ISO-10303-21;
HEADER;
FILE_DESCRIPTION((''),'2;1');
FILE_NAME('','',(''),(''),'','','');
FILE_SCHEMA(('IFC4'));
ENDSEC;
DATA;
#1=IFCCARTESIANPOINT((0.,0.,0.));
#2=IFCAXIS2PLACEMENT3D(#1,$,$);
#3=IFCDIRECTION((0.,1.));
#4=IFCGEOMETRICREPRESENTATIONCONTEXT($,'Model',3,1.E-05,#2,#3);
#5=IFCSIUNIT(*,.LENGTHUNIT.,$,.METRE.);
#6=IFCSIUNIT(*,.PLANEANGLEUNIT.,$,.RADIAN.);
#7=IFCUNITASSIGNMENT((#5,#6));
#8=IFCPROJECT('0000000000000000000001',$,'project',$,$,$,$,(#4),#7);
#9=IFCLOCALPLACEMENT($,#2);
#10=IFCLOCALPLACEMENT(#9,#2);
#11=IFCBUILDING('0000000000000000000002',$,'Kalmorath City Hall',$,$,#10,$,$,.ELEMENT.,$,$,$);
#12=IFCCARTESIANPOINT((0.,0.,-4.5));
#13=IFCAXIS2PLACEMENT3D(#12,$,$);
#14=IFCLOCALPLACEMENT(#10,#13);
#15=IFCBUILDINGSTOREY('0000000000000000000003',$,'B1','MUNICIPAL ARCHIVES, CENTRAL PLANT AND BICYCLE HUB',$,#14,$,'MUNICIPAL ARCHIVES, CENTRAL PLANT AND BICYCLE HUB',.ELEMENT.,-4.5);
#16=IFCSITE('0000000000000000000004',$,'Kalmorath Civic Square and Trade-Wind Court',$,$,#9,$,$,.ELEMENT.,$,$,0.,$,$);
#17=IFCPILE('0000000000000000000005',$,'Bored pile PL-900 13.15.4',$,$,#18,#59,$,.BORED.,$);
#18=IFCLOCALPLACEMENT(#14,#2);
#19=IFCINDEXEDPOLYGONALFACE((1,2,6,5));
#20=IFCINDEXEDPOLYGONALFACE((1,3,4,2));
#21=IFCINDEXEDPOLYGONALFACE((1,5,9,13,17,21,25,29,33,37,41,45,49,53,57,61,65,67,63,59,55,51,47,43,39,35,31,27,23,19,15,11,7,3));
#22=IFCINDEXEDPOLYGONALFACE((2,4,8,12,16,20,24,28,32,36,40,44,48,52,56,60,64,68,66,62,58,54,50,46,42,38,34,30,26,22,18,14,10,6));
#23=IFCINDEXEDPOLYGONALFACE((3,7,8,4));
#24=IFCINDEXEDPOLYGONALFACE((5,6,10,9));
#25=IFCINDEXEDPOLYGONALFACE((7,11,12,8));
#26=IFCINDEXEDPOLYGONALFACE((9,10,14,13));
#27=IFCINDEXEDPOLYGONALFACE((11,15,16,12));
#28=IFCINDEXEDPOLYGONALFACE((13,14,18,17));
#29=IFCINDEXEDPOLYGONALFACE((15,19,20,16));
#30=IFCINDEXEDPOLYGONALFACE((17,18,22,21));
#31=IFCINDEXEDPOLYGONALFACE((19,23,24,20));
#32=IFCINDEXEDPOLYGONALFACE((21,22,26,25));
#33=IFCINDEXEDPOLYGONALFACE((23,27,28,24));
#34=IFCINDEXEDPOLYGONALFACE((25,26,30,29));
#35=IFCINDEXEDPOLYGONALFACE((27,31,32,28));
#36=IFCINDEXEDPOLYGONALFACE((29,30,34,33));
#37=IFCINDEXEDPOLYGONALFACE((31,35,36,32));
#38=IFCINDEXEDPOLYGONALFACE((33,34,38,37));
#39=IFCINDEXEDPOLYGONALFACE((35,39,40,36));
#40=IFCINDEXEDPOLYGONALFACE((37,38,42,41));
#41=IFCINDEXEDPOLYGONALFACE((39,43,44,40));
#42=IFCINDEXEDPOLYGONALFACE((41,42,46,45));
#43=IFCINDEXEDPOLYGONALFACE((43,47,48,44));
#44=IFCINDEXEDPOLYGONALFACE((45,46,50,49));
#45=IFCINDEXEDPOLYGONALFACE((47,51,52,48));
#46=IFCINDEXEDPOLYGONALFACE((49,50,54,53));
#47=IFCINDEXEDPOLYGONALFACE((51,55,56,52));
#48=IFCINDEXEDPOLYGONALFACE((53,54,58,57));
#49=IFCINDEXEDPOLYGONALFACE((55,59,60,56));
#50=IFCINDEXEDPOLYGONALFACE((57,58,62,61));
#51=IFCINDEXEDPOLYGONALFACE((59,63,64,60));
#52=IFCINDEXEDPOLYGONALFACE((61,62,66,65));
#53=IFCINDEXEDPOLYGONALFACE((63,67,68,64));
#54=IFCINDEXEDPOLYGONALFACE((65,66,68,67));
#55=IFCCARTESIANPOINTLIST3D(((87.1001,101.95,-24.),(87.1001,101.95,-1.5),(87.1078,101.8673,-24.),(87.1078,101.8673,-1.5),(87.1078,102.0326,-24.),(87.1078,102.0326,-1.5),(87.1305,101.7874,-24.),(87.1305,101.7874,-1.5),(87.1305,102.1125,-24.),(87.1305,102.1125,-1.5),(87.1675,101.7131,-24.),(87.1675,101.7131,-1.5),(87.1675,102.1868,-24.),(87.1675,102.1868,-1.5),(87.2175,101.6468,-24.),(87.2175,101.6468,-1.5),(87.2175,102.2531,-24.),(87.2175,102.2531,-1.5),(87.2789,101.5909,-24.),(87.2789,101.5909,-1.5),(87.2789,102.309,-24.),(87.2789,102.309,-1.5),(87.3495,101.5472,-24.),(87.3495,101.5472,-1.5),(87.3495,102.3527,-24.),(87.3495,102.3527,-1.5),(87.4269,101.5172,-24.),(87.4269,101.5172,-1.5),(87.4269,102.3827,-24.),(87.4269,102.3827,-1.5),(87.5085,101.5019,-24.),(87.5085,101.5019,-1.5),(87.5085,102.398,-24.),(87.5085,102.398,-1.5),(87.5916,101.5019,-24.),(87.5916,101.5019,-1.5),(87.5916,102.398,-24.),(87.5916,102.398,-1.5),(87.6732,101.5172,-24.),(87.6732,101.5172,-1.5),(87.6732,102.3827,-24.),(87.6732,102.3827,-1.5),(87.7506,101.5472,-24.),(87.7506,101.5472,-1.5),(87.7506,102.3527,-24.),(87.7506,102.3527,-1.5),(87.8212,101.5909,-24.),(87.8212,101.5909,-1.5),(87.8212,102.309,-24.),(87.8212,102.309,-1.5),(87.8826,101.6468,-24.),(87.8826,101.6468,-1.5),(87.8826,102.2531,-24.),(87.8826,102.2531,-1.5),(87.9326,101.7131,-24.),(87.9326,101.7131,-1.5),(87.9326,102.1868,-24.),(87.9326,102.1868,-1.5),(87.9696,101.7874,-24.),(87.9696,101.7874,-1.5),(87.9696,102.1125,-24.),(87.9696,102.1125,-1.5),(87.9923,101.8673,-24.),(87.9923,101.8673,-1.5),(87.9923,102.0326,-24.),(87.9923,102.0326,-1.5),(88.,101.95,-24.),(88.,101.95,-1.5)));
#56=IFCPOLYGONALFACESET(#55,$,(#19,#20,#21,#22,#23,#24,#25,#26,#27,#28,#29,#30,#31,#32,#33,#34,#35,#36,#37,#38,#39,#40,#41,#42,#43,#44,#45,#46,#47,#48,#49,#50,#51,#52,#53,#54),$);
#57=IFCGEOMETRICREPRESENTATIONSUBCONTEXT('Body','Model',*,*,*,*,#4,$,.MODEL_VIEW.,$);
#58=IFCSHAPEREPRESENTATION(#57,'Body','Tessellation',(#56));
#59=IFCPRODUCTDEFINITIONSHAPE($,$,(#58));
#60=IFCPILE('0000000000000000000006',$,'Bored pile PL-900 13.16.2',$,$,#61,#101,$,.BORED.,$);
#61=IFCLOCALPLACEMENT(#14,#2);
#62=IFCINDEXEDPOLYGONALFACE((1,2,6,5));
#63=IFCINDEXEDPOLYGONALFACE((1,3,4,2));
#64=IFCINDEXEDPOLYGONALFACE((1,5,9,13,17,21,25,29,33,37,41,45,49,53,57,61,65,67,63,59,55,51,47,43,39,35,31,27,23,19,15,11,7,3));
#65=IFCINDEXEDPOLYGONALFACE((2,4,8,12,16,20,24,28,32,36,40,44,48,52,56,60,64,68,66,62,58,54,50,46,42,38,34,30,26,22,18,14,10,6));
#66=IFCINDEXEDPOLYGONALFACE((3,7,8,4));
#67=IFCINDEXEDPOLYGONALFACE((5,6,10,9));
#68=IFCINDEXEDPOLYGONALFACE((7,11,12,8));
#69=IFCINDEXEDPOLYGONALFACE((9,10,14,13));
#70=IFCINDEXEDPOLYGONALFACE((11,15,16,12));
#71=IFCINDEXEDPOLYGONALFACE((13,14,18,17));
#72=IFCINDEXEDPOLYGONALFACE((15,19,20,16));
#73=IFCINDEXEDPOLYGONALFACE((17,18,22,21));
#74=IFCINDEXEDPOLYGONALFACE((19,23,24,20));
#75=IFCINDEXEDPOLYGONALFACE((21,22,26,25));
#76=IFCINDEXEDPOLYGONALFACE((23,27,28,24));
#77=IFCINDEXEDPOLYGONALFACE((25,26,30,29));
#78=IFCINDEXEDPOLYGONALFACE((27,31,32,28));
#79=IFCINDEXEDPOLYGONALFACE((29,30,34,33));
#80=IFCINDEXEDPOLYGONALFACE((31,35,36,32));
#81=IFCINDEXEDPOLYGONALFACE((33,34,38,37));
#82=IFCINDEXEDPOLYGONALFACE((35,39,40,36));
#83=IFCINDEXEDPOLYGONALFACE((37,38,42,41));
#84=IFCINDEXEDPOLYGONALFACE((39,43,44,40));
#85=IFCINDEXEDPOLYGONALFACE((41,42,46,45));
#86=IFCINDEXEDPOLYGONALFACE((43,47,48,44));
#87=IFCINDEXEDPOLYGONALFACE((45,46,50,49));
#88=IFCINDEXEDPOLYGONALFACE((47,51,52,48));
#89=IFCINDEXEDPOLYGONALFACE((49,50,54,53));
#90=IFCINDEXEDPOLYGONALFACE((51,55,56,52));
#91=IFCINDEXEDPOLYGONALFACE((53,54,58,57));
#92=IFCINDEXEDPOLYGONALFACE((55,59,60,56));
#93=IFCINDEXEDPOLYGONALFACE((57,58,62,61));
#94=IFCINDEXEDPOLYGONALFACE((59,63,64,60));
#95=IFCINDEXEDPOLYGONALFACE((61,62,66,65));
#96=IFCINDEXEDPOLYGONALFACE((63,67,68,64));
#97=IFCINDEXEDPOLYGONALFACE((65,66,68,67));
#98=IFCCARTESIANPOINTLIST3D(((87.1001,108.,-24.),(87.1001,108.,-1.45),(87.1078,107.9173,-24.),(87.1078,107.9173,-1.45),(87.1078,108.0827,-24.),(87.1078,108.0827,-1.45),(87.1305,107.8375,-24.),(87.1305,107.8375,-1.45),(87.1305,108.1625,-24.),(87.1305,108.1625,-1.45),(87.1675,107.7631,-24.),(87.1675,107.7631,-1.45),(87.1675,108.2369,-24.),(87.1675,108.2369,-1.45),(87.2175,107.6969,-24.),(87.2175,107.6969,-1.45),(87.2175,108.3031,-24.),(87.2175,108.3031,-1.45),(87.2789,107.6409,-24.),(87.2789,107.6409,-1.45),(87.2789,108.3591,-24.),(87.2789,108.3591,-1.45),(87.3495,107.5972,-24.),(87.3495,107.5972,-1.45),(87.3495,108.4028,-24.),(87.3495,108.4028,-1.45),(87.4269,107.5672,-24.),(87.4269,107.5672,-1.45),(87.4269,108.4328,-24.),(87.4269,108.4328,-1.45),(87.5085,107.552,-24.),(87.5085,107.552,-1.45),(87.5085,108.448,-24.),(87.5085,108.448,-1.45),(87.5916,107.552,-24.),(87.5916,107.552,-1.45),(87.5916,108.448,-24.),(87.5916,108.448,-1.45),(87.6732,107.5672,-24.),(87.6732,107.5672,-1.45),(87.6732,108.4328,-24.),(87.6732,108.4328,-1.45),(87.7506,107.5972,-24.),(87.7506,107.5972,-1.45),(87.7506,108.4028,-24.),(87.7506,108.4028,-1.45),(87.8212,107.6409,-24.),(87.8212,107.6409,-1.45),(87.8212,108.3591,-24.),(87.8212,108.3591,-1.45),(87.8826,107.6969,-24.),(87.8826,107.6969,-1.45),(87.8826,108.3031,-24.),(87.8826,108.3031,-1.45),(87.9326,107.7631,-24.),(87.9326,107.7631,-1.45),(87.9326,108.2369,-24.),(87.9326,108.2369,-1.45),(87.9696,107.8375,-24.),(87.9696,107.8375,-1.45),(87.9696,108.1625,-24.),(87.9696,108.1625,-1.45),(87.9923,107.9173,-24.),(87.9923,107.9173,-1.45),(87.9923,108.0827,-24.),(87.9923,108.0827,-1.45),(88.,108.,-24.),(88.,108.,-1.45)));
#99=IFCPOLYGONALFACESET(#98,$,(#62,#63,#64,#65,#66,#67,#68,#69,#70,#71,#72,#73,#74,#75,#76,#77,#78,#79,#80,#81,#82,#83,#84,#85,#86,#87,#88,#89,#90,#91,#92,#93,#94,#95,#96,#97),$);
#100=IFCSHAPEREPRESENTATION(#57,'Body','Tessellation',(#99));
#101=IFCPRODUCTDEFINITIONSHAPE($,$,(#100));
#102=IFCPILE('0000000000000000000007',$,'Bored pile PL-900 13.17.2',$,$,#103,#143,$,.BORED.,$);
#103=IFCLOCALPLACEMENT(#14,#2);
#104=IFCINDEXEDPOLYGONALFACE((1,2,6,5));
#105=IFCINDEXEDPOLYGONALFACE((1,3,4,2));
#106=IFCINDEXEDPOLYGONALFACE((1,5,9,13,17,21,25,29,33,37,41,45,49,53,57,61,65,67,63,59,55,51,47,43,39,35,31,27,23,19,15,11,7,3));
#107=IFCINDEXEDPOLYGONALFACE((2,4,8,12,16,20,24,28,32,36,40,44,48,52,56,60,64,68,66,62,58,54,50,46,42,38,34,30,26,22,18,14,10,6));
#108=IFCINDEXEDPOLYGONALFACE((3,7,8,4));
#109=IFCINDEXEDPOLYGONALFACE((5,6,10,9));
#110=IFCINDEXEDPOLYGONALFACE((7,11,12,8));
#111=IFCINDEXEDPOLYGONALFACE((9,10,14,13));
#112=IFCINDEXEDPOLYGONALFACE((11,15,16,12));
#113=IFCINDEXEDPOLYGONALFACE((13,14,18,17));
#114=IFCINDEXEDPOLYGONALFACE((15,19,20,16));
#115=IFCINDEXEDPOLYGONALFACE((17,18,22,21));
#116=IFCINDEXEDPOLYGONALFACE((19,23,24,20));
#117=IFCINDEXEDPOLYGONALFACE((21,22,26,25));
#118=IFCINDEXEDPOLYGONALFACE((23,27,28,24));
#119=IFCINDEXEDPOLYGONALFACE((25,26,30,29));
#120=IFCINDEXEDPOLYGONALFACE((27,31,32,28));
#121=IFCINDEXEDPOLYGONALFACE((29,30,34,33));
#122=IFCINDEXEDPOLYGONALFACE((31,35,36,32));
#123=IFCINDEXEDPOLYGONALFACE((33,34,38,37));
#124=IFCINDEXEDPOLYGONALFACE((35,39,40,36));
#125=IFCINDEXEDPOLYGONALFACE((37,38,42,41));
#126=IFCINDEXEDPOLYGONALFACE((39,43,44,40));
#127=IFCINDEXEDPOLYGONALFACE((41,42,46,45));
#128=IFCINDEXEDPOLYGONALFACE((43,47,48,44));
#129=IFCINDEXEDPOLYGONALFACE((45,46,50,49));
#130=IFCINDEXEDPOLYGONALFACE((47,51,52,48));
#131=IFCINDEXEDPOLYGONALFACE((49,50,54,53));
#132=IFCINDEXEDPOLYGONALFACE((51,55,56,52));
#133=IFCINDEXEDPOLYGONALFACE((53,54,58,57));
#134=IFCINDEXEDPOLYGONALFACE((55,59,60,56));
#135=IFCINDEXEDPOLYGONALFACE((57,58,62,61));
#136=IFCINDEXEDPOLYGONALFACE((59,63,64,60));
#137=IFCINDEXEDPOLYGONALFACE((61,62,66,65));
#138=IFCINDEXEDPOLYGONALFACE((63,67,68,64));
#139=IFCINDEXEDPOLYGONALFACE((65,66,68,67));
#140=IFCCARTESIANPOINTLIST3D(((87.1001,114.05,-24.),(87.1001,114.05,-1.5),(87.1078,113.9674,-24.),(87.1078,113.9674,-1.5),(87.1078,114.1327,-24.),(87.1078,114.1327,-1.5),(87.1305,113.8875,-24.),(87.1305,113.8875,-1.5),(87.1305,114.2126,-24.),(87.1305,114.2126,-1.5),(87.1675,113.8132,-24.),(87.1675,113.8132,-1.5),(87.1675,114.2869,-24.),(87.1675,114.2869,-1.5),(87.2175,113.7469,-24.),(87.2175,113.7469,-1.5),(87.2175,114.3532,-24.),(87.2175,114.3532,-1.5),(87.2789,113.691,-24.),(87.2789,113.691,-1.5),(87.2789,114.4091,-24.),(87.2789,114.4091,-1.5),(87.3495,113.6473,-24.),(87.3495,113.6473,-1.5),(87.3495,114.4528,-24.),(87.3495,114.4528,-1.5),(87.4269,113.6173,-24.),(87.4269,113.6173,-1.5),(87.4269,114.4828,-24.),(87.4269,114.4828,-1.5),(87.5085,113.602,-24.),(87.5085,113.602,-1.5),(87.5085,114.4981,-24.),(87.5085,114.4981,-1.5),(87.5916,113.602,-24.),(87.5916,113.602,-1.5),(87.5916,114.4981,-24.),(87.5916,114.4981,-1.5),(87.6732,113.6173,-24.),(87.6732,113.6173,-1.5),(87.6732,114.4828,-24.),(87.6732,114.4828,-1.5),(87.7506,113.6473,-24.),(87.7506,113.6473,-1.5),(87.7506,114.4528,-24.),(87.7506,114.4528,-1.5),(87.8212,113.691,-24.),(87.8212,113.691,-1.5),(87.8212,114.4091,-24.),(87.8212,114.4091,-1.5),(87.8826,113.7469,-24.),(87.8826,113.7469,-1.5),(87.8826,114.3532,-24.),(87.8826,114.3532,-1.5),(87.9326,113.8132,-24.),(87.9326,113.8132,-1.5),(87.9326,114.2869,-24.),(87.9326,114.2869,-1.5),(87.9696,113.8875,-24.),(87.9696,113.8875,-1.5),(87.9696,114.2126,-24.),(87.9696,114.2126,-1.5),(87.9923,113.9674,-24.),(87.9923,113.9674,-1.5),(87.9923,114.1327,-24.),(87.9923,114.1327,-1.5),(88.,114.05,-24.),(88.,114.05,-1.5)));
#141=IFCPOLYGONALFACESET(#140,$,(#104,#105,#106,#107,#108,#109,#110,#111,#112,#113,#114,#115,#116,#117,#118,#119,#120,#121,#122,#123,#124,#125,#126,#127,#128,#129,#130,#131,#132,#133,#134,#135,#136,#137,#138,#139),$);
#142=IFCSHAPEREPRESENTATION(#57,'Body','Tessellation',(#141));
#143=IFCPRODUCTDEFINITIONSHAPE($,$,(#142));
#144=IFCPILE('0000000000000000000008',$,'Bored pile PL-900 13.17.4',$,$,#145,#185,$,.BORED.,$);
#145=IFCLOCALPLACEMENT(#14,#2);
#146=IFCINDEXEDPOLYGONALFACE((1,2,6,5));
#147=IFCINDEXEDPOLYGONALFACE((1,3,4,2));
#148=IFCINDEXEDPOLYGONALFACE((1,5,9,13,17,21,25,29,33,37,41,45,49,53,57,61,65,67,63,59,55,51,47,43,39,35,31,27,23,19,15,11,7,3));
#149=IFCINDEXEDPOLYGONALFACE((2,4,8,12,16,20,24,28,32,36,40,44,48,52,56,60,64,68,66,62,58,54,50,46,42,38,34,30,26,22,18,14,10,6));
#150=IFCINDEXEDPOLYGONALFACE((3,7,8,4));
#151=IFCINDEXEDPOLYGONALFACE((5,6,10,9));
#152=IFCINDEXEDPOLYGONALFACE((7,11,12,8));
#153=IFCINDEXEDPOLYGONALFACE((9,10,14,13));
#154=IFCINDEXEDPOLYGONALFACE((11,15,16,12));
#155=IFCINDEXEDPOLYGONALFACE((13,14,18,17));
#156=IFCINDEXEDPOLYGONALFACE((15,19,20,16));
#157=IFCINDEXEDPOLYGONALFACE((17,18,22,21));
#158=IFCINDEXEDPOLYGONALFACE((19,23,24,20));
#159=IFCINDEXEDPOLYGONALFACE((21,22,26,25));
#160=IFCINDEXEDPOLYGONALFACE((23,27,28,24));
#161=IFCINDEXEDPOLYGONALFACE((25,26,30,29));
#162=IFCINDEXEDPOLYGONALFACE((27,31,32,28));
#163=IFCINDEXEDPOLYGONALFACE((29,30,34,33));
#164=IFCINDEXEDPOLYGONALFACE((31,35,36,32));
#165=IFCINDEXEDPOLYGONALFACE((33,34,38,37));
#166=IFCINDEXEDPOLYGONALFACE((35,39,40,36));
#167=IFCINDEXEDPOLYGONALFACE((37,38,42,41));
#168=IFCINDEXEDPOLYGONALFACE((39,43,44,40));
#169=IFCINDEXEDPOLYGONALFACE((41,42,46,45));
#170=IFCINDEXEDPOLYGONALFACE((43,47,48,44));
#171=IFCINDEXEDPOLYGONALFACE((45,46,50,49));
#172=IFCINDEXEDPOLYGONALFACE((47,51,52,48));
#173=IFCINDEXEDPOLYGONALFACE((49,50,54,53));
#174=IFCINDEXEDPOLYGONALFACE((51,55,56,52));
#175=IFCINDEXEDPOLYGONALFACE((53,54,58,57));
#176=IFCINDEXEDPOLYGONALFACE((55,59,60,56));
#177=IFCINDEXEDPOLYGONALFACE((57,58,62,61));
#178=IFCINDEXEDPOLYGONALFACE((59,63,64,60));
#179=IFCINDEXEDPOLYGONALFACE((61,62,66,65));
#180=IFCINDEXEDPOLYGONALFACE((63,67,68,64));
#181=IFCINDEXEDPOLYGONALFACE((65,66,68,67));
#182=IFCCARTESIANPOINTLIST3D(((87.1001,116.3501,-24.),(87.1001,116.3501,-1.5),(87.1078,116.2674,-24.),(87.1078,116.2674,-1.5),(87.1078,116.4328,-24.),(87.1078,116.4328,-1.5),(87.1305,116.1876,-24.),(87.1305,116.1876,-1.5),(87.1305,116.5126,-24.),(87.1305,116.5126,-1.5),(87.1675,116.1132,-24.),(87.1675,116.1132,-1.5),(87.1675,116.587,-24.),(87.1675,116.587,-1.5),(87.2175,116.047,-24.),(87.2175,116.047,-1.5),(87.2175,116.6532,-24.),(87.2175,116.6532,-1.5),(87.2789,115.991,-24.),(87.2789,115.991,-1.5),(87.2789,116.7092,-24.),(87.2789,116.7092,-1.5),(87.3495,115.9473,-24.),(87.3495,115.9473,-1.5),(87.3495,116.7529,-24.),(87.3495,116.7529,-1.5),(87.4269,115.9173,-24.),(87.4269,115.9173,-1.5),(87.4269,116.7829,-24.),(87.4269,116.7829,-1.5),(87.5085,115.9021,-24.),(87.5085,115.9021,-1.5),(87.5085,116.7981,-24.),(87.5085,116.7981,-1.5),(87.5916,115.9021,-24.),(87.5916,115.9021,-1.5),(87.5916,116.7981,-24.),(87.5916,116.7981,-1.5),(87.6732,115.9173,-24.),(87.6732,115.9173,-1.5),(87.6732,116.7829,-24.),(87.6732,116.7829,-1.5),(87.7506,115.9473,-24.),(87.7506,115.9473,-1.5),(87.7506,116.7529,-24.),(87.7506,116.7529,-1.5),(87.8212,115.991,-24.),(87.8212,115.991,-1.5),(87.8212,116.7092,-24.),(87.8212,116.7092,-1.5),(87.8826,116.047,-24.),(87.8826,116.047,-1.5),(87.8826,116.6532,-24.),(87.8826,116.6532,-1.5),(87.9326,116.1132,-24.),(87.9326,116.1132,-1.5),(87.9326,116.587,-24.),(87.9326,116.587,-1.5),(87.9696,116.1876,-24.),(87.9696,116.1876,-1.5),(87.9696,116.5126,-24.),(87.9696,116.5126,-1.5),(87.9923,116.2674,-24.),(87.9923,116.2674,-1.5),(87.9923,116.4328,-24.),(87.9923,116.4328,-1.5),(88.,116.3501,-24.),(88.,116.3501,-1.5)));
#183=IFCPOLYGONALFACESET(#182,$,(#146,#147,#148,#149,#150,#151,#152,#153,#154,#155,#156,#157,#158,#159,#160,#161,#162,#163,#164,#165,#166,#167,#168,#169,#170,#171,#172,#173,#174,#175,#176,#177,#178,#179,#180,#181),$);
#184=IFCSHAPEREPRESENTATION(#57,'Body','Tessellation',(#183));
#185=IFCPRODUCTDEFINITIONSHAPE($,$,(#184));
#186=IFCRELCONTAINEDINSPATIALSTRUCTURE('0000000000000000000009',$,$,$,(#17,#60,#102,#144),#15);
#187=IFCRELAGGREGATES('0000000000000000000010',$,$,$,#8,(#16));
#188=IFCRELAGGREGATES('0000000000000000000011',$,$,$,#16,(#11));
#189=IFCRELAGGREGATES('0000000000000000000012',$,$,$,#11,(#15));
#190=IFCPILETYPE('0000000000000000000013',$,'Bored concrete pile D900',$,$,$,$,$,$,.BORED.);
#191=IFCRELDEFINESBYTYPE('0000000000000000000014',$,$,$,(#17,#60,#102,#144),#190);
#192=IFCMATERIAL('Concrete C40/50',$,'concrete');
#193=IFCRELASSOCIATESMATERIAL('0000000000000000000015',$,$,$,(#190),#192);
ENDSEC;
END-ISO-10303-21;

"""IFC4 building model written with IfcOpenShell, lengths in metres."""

from ifc_helpers import new_model, si_unit, direction, frame, origin, origin_2d, place, context, subcontext, project, spatial, circle, extrude, material, material_profile, profile_set, type_object, element, save


model = new_model("IFC4")

# Units and contexts
model_context = context("Model", 3, precision=1e-05, world=origin(), true_north=direction((0.0, 1.0)))
body_context = subcontext(model_context, "Body", "Model", "MODEL_VIEW")
ifc_project = project(units=[si_unit("LENGTHUNIT", "METRE"), si_unit("PLANEANGLEUNIT", "RADIAN")], contexts=[model_context])

# Site, building, storey
site_placement = place(None, origin())
site = spatial("IfcSite", under=ifc_project, at=site_placement, Name="Kalmorath Civic Square and Trade-Wind Court", CompositionType="ELEMENT", RefElevation=0.0)
building_placement = place(site_placement, origin())
building = spatial("IfcBuilding", under=site, at=building_placement, Name="Kalmorath City Hall", CompositionType="ELEMENT")
storey_placement = place(building_placement, frame((0.0, 0.0, -4.5)))
storey = spatial("IfcBuildingStorey", under=building, at=storey_placement, Name="B1", Description="MUNICIPAL ARCHIVES, CENTRAL PLANT AND BICYCLE HUB", LongName="MUNICIPAL ARCHIVES, CENTRAL PLANT AND BICYCLE HUB", CompositionType="ELEMENT", Elevation=-4.5)

# Piles
ifc_material_1 = material(Name="Concrete C40/50", Category="concrete")
ifc_material_profile_1 = material_profile(ifc_material_1, circle(Radius=0.45, at=origin_2d()), Name="PILE-D900")
ifc_profile_set_1 = profile_set([ifc_material_profile_1], Name="Concrete C40/50")
pile_type = type_object("IfcPileType", Name="Bored concrete pile D900", PredefinedType="BORED", material=ifc_profile_set_1)
pile_1_placement = place(storey_placement, frame((87.55, 101.95, -1.5), z_axis=(0.0, 0.0, -1.0), x_axis=(1.0, 0.0, 0.0)))
element("IfcPile", 1, at=pile_1_placement, inside=storey, type_object=pile_type, Name="Bored pile PL-900 13.15.4", PredefinedType="BORED", context=body_context, shape_type="SweptSolid", body=[
    extrude(circle(Radius=0.45, at=origin_2d()), origin(), (0.0, 0.0, 1.0), 22.5),
])
pile_2_placement = place(storey_placement, frame((87.55, 108.0, -1.45), z_axis=(0.0, 0.0, -1.0), x_axis=(1.0, 0.0, 0.0)))
element("IfcPile", 2, at=pile_2_placement, inside=storey, type_object=pile_type, Name="Bored pile PL-900 13.16.2", PredefinedType="BORED", context=body_context, shape_type="SweptSolid", body=[
    extrude(circle(Radius=0.45, at=origin_2d()), origin(), (0.0, 0.0, 1.0), 22.55),
])
for number, where, z_axis, x_axis, name in (
    (3, (87.55, 114.05, -1.5), (0.0, 0.0, -1.0), (1.0, 0.0, 0.0), "Bored pile PL-900 13.17.2"),
    (4, (87.55, 116.3501, -1.5), (0.0, 0.0, -1.0), (1.0, 0.0, 0.0), "Bored pile PL-900 13.17.4"),
):
    element("IfcPile", number, at=place(storey_placement, frame(where, z_axis=z_axis, x_axis=x_axis)), inside=storey, type_object=pile_type, Name=name, PredefinedType="BORED", context=body_context, shape_type="SweptSolid", body=[
        extrude(circle(Radius=0.45, at=origin_2d()), origin(), (0.0, 0.0, 1.0), 22.5),
    ])

save(model, "model.ifc")
